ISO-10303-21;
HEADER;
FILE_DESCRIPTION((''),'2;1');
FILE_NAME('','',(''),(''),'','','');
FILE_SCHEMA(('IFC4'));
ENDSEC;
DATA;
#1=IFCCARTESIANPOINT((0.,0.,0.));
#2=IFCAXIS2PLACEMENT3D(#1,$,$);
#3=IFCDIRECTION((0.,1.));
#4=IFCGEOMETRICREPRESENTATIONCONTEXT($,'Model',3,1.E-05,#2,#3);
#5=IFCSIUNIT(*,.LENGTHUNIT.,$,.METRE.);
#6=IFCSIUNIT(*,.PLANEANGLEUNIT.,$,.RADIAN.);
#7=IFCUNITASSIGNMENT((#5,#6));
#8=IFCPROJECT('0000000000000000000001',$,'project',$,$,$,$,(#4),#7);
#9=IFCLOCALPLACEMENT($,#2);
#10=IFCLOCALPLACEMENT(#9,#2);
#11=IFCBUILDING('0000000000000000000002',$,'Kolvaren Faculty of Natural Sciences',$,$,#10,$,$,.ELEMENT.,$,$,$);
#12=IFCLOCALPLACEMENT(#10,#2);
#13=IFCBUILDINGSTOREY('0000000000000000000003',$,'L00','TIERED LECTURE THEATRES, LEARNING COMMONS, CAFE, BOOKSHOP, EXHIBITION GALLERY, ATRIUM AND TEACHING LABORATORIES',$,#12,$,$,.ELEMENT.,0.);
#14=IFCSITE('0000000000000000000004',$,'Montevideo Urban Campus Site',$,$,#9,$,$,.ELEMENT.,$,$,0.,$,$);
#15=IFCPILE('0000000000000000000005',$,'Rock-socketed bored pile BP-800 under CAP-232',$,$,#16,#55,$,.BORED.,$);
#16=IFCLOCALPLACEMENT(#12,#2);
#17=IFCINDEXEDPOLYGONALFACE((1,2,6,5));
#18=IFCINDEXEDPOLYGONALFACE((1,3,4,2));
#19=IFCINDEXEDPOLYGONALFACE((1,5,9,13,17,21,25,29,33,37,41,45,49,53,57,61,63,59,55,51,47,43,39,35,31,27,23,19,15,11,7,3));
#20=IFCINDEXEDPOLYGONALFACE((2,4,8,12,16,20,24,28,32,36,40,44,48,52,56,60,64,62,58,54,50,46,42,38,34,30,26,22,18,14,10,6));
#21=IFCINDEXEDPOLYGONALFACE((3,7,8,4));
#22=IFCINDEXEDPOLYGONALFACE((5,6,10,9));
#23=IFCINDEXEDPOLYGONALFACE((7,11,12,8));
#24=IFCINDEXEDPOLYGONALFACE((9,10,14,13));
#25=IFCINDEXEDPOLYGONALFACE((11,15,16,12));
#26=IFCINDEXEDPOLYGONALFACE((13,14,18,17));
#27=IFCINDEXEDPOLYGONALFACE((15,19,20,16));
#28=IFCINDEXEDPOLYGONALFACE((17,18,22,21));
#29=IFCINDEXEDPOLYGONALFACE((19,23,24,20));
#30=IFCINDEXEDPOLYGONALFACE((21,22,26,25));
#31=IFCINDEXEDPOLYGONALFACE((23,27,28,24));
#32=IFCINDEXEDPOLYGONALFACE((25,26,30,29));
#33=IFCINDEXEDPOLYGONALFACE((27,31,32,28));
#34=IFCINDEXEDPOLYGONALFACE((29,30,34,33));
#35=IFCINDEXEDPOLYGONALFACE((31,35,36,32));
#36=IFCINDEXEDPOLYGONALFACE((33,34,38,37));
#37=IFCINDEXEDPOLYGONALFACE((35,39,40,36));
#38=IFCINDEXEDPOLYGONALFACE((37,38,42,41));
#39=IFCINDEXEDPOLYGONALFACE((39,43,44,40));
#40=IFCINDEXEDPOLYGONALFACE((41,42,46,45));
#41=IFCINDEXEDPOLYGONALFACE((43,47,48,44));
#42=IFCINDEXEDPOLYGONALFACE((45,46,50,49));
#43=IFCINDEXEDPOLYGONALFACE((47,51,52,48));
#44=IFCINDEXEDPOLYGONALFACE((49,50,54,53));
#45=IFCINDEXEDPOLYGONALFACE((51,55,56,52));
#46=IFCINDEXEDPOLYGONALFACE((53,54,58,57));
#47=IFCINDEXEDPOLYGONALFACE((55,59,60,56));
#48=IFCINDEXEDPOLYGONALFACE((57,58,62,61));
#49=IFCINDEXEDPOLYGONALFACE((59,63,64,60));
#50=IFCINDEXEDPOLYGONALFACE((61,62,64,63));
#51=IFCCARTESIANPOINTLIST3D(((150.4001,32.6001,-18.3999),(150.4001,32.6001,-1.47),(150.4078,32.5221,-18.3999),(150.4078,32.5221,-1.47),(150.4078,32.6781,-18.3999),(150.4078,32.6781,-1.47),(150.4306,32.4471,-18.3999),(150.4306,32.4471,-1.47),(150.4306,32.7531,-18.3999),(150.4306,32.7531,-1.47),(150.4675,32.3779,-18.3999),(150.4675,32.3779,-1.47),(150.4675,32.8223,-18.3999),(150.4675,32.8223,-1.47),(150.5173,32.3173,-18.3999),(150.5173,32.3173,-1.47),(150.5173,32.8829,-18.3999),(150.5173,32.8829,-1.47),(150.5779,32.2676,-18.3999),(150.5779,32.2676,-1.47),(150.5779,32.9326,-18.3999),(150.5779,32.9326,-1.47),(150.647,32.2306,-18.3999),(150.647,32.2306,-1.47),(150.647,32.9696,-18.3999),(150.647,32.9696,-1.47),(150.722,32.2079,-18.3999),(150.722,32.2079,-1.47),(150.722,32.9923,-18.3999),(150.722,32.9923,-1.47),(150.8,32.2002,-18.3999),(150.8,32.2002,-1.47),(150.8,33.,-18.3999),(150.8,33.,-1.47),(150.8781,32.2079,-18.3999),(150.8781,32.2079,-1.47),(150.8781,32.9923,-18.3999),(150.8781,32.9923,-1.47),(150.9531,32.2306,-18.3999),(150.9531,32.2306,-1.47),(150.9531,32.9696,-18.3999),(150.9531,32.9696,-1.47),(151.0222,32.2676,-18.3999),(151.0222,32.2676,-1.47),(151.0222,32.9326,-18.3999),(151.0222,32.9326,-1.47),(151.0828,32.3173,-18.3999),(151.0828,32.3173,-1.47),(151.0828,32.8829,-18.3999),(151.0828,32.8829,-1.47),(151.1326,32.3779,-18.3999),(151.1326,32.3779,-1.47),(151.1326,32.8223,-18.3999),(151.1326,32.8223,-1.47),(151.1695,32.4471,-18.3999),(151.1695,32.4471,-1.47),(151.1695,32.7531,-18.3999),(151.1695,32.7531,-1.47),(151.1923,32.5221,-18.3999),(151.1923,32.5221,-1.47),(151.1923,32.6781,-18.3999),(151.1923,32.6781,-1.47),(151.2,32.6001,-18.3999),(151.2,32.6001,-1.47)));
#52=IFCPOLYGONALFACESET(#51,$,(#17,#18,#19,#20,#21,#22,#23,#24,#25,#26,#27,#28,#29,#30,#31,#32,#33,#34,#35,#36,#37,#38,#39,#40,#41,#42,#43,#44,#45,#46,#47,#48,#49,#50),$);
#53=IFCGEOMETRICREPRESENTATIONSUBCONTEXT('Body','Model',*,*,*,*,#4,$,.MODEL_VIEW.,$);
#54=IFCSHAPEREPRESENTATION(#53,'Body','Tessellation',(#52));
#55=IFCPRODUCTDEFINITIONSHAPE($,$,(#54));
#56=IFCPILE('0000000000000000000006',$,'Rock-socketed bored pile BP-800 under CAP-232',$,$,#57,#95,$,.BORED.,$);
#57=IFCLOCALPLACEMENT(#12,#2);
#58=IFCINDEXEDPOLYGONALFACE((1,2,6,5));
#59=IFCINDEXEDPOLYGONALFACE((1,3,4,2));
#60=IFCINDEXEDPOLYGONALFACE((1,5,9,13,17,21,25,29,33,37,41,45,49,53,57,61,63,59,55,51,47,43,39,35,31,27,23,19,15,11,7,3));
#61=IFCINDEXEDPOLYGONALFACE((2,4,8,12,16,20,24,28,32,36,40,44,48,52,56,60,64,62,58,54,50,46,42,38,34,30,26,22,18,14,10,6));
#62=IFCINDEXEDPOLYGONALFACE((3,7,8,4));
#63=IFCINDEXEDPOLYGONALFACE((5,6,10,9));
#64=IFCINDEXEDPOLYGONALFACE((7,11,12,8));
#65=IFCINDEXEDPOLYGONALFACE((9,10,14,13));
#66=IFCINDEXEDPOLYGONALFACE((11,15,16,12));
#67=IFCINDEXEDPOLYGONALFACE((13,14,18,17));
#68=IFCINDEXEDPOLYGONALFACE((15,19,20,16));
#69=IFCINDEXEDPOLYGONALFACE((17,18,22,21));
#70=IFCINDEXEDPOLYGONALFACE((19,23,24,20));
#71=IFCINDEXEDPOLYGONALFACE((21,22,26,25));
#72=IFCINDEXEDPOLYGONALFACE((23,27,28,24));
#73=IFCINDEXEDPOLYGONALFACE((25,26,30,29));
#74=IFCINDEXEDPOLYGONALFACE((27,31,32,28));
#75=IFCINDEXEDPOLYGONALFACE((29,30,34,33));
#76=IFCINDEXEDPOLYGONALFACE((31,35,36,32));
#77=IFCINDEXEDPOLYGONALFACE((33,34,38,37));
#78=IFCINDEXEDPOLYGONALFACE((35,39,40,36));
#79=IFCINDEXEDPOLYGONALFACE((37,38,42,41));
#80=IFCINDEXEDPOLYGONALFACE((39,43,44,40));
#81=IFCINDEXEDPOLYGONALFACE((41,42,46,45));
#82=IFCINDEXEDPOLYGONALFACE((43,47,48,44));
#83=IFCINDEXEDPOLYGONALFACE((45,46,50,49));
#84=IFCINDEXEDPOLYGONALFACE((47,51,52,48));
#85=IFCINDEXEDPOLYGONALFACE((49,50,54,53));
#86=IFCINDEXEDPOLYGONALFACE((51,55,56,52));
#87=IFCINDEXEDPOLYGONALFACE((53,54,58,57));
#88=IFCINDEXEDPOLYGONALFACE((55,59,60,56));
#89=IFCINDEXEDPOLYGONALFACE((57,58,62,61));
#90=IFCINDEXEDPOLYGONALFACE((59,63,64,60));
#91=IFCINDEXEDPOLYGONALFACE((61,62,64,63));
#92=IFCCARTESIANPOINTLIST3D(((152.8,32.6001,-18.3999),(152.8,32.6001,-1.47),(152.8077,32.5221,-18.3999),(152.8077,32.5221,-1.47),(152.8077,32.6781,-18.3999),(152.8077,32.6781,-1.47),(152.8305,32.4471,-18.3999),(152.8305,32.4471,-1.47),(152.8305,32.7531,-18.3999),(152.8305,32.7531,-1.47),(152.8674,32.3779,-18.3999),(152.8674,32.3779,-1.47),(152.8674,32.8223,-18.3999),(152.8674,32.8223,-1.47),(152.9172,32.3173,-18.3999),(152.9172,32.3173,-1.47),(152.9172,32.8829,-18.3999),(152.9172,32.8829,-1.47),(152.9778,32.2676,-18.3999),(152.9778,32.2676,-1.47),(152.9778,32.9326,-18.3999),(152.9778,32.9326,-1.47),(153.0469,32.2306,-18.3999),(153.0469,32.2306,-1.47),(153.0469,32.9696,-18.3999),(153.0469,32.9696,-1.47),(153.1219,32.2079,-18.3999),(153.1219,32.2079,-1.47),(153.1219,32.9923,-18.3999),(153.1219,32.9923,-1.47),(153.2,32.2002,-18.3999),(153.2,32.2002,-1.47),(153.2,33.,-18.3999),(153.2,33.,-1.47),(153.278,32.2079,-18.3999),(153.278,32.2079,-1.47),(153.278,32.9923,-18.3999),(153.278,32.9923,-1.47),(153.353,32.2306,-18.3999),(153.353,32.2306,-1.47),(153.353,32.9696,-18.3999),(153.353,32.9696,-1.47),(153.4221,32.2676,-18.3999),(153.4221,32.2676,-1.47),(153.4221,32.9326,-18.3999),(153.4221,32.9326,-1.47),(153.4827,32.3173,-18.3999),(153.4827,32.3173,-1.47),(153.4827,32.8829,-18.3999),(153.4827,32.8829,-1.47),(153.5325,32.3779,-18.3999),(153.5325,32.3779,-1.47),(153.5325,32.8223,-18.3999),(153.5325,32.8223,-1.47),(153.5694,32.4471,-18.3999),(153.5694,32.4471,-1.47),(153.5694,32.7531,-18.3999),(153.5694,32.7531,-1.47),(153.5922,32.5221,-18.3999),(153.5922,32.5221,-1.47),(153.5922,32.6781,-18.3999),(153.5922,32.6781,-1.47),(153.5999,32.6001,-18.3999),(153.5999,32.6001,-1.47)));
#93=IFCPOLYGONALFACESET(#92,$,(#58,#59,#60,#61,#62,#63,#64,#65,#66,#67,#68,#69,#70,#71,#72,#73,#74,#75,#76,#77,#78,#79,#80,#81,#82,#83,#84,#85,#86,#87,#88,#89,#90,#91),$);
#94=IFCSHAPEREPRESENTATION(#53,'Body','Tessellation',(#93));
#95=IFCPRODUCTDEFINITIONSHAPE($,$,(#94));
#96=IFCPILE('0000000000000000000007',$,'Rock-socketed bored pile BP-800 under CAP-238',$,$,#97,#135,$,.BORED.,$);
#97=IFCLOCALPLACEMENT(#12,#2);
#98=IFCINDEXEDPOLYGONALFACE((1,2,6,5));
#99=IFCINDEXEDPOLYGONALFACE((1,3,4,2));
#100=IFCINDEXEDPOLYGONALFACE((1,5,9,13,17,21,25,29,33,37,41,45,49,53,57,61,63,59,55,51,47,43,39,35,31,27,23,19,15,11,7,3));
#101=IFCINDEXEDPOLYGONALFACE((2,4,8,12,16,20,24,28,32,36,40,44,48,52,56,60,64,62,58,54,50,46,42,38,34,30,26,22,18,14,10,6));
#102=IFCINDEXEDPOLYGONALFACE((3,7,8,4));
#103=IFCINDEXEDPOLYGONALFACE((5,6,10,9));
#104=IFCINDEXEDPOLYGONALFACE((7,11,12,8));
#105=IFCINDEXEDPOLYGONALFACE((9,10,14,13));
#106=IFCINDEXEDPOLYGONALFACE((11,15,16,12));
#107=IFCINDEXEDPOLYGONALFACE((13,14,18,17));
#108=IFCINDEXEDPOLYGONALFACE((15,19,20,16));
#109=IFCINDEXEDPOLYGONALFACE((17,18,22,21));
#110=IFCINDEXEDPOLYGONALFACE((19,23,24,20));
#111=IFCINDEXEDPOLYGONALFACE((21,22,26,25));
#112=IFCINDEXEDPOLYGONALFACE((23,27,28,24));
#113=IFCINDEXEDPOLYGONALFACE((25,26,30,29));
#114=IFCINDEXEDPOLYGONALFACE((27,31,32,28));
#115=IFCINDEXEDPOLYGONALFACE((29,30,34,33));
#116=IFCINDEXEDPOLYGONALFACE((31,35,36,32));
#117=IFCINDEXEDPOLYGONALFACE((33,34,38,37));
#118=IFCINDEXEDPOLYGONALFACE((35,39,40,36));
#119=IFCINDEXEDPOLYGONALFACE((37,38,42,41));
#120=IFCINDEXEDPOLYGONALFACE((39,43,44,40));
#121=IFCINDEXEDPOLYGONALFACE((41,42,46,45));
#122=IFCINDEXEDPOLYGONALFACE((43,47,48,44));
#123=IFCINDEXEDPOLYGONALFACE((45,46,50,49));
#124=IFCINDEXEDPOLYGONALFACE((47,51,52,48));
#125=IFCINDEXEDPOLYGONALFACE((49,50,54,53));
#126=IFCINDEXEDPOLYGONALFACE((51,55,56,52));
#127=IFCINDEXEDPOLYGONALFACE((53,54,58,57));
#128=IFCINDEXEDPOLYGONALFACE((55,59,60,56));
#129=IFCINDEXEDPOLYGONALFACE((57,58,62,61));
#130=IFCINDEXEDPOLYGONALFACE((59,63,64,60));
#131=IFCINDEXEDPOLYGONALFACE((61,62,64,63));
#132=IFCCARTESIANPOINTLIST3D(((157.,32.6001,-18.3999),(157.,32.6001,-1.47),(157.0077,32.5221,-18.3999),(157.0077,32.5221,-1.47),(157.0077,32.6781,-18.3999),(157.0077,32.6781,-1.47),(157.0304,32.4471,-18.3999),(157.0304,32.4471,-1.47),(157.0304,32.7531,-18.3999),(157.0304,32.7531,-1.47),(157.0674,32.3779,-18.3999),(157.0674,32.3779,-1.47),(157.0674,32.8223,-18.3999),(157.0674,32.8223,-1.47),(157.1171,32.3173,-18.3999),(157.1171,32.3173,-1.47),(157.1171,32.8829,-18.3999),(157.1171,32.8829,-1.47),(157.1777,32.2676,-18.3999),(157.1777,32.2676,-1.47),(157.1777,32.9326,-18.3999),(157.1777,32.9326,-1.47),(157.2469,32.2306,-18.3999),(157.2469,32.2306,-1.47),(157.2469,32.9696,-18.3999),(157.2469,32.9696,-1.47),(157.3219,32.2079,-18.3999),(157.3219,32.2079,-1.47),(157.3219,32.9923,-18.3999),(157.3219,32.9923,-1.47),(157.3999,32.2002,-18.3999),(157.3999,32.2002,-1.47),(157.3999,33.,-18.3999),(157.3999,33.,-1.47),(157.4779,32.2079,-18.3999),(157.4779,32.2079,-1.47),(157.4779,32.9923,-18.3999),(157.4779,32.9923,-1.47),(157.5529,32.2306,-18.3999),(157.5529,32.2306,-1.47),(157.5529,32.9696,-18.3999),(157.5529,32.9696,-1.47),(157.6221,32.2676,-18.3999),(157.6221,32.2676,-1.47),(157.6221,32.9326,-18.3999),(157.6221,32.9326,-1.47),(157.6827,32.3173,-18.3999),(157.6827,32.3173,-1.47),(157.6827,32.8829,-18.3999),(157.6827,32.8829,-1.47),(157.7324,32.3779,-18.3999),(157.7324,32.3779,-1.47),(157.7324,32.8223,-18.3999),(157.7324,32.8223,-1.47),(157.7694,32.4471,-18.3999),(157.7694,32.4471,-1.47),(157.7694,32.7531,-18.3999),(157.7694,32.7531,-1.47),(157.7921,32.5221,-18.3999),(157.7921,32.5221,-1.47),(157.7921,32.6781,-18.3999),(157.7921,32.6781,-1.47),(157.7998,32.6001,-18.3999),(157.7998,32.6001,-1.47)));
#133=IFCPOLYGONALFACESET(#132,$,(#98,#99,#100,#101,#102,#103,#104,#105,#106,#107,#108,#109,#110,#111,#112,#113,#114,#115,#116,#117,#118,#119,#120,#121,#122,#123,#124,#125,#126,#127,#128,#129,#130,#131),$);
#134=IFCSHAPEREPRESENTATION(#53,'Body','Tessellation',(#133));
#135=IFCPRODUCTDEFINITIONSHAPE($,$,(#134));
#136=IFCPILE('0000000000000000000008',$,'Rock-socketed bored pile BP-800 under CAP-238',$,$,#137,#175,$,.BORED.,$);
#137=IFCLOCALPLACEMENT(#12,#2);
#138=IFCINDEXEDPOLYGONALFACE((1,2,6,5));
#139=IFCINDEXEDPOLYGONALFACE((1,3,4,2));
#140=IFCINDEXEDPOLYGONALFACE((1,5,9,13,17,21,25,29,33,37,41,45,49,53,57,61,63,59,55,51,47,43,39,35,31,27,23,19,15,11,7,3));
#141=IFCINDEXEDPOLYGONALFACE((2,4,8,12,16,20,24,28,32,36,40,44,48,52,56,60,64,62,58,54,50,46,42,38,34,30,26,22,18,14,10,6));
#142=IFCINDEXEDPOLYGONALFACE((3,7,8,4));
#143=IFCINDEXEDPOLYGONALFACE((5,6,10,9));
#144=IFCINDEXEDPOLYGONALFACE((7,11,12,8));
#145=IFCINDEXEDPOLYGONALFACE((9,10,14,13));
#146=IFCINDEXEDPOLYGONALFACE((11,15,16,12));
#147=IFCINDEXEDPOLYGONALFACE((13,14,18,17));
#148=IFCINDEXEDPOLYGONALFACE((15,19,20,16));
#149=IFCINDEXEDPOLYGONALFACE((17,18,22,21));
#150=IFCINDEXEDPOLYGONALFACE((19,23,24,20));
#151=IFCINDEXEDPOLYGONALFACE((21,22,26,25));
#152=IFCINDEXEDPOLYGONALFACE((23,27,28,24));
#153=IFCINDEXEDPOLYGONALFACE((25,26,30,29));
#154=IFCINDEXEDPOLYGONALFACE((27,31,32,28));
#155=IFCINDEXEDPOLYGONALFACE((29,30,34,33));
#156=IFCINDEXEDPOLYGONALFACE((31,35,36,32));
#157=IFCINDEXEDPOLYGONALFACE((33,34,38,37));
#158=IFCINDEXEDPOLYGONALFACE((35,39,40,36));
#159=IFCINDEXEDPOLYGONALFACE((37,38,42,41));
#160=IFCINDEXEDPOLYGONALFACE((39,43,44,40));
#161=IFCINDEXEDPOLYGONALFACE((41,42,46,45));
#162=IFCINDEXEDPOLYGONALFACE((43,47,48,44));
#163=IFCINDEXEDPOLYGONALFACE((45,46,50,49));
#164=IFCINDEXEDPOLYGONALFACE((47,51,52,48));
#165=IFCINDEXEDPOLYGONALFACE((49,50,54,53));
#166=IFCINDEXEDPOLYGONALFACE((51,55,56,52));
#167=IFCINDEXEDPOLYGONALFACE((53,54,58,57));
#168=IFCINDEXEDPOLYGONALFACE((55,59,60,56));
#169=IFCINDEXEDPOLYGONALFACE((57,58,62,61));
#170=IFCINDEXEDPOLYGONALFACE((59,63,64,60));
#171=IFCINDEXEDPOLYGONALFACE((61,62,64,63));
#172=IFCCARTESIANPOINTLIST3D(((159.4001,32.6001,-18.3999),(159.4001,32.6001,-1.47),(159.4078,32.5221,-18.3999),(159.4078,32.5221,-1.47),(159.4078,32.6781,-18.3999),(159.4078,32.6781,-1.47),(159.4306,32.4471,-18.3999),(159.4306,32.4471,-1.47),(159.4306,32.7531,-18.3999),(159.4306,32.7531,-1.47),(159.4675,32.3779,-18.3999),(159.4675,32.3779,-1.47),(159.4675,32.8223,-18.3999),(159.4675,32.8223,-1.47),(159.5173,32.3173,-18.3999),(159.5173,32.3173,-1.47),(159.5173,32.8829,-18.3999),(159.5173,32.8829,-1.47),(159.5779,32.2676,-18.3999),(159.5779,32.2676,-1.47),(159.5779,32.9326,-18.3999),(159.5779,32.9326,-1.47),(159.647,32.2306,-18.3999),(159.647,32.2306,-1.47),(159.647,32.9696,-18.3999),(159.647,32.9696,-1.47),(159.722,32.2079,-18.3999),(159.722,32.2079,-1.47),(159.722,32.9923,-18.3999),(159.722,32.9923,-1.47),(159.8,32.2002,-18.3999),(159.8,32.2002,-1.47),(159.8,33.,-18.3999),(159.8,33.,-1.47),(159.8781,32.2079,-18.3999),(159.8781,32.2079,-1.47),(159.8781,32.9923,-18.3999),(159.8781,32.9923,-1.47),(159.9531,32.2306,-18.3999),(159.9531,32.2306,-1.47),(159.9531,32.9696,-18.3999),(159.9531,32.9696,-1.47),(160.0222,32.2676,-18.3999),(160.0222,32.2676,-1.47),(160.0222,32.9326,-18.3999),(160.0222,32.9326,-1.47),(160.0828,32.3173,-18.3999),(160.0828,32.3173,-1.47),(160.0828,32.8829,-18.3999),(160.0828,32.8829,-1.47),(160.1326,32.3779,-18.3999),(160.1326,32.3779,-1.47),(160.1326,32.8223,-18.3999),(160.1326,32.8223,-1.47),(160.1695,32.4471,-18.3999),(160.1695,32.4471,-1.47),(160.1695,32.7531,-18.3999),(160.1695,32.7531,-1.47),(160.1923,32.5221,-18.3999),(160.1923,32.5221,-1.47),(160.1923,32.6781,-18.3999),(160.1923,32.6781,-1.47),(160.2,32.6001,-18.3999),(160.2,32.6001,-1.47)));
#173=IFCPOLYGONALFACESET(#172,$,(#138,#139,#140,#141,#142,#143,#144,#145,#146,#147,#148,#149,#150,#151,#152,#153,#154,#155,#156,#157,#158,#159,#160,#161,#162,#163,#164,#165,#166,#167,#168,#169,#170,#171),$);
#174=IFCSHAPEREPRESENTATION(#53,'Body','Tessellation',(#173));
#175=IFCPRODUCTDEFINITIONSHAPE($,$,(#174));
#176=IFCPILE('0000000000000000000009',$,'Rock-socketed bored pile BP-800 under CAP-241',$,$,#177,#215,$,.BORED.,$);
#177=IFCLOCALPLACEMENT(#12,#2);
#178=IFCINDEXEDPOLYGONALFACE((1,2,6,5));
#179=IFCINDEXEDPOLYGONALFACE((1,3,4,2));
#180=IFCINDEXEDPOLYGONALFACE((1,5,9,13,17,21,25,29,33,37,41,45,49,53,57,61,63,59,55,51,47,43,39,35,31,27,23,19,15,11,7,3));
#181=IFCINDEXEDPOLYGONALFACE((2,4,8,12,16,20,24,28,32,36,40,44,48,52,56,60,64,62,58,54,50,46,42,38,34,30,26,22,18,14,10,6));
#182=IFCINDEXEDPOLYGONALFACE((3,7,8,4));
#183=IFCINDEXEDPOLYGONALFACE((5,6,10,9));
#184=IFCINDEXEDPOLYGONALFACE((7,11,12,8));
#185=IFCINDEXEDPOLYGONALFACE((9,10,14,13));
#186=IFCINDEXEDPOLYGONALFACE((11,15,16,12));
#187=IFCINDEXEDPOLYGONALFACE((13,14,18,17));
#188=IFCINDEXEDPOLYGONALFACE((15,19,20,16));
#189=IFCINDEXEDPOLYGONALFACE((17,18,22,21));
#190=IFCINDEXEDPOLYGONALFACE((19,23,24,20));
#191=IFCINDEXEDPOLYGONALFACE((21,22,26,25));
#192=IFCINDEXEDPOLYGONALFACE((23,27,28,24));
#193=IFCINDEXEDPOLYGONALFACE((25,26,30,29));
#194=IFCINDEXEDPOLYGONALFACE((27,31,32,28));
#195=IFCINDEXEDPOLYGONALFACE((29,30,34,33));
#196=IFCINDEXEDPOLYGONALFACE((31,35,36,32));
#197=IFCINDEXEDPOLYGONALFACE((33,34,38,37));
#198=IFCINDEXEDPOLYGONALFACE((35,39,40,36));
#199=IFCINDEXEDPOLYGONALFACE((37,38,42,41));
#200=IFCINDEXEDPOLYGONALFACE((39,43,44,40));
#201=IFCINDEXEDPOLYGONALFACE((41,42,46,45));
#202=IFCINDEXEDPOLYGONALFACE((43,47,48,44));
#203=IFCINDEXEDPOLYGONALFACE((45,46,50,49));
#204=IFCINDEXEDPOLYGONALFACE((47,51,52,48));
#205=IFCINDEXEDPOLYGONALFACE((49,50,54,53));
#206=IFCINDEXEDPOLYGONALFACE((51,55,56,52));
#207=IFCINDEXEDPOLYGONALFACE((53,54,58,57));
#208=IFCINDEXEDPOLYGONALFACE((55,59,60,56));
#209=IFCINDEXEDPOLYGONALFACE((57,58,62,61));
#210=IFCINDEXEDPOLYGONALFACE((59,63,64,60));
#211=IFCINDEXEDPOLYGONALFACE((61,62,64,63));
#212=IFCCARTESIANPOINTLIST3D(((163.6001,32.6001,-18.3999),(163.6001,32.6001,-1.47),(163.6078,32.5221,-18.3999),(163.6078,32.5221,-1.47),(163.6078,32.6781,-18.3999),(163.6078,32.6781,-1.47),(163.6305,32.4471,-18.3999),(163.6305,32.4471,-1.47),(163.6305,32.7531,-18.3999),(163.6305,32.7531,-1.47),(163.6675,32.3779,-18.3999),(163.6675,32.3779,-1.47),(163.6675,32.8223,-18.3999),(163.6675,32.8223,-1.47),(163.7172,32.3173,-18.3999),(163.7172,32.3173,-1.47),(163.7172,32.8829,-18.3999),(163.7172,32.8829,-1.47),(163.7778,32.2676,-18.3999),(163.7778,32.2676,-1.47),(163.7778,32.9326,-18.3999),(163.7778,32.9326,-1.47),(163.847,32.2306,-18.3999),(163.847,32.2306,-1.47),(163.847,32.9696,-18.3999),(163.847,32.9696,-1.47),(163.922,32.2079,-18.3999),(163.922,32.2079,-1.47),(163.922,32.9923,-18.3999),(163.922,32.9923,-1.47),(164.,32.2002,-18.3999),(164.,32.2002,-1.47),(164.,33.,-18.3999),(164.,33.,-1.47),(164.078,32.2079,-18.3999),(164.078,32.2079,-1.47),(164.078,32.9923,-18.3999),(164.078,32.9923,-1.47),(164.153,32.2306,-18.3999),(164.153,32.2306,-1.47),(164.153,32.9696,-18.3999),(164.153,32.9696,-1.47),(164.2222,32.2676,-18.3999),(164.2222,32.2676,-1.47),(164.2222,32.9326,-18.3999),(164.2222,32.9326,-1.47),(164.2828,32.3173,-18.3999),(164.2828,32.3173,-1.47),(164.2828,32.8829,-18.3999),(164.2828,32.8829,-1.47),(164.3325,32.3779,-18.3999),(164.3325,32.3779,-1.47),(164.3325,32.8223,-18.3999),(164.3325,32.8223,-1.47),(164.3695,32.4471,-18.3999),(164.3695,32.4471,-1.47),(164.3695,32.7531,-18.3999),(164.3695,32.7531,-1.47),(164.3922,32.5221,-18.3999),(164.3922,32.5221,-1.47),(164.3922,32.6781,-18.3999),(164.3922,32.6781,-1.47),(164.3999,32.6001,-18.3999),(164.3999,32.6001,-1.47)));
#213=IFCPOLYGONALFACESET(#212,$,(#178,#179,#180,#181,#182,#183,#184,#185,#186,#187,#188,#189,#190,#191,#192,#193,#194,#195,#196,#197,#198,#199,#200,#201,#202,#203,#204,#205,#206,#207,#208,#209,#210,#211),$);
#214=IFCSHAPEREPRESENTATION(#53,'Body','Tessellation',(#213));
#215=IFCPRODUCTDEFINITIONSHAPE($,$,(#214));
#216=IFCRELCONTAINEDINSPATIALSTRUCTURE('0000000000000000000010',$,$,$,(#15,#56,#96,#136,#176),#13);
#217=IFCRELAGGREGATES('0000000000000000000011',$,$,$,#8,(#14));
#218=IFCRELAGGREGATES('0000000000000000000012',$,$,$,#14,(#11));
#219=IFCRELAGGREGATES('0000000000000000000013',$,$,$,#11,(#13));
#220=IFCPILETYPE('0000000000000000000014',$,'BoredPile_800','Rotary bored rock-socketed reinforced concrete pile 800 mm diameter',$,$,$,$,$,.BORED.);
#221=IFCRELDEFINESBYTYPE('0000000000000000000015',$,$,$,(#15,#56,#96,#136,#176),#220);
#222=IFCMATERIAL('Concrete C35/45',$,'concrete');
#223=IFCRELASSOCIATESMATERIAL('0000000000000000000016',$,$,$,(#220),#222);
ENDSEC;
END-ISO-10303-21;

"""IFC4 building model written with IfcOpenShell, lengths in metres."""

from ifc_helpers import new_model, si_unit, direction, frame, origin, origin_2d, place, context, subcontext, project, spatial, circle, extrude, material, material_profile, profile_set, type_object, element, save


model = new_model("IFC4")

# Units and contexts
model_context = context("Model", 3, precision=1e-05, world=origin(), true_north=direction((0.0, 1.0)))
body_context = subcontext(model_context, "Body", "Model", "MODEL_VIEW")
ifc_project = project(units=[si_unit("LENGTHUNIT", "METRE"), si_unit("PLANEANGLEUNIT", "RADIAN")], contexts=[model_context])

# Site, building, storey
site_placement = place(None, origin())
site = spatial("IfcSite", under=ifc_project, at=site_placement, Name="Montevideo Urban Campus Site", CompositionType="ELEMENT", RefElevation=0.0)
building_placement = place(site_placement, origin())
building = spatial("IfcBuilding", under=site, at=building_placement, Name="Kolvaren Faculty of Natural Sciences", CompositionType="ELEMENT")
storey_placement = place(building_placement, origin())
storey = spatial("IfcBuildingStorey", under=building, at=storey_placement, Name="L00", Description="TIERED LECTURE THEATRES, LEARNING COMMONS, CAFE, BOOKSHOP, EXHIBITION GALLERY, ATRIUM AND TEACHING LABORATORIES", CompositionType="ELEMENT", Elevation=0.0)

# Piles
ifc_material_1 = material(Name="Concrete C35/45", Category="concrete")
ifc_material_profile_1 = material_profile(ifc_material_1, circle(Radius=0.3999, at=origin_2d()), Name="PILE D800")
ifc_profile_set_1 = profile_set([ifc_material_profile_1], Name="Concrete C35/45")
pile_type_1 = type_object("IfcPileType", Name="BoredPile_800", Description="Rotary bored rock-socketed reinforced concrete pile 800 mm diameter", PredefinedType="BORED", material=ifc_profile_set_1)
for number, where, z_axis, x_axis, name in (
    (1, (150.8, 32.6001, -1.47), (0.0, 0.0, -1.0), (1.0, 0.0, 0.0), "Rock-socketed bored pile BP-800 under CAP-232"),
    (2, (153.2, 32.6001, -1.47), (0.0, 0.0, -1.0), (1.0, 0.0, 0.0), "Rock-socketed bored pile BP-800 under CAP-232"),
    (3, (157.3999, 32.6001, -1.47), (0.0, 0.0, -1.0), (1.0, 0.0, 0.0), "Rock-socketed bored pile BP-800 under CAP-238"),
    (4, (159.8, 32.6001, -1.47), (0.0, 0.0, -1.0), (1.0, 0.0, 0.0), "Rock-socketed bored pile BP-800 under CAP-238"),
    (5, (164.0, 32.6001, -1.47), (0.0, 0.0, -1.0), (1.0, 0.0, 0.0), "Rock-socketed bored pile BP-800 under CAP-241"),
):
    element("IfcPile", number, at=place(storey_placement, frame(where, z_axis=z_axis, x_axis=x_axis)), inside=storey, type_object=pile_type_1, Name=name, PredefinedType="BORED", context=body_context, shape_type="SweptSolid", body=[
        extrude(circle(Radius=0.3999, at=origin_2d()), origin(), (0.0, 0.0, 1.0), 16.9299),
    ])

save(model, "model.ifc")
